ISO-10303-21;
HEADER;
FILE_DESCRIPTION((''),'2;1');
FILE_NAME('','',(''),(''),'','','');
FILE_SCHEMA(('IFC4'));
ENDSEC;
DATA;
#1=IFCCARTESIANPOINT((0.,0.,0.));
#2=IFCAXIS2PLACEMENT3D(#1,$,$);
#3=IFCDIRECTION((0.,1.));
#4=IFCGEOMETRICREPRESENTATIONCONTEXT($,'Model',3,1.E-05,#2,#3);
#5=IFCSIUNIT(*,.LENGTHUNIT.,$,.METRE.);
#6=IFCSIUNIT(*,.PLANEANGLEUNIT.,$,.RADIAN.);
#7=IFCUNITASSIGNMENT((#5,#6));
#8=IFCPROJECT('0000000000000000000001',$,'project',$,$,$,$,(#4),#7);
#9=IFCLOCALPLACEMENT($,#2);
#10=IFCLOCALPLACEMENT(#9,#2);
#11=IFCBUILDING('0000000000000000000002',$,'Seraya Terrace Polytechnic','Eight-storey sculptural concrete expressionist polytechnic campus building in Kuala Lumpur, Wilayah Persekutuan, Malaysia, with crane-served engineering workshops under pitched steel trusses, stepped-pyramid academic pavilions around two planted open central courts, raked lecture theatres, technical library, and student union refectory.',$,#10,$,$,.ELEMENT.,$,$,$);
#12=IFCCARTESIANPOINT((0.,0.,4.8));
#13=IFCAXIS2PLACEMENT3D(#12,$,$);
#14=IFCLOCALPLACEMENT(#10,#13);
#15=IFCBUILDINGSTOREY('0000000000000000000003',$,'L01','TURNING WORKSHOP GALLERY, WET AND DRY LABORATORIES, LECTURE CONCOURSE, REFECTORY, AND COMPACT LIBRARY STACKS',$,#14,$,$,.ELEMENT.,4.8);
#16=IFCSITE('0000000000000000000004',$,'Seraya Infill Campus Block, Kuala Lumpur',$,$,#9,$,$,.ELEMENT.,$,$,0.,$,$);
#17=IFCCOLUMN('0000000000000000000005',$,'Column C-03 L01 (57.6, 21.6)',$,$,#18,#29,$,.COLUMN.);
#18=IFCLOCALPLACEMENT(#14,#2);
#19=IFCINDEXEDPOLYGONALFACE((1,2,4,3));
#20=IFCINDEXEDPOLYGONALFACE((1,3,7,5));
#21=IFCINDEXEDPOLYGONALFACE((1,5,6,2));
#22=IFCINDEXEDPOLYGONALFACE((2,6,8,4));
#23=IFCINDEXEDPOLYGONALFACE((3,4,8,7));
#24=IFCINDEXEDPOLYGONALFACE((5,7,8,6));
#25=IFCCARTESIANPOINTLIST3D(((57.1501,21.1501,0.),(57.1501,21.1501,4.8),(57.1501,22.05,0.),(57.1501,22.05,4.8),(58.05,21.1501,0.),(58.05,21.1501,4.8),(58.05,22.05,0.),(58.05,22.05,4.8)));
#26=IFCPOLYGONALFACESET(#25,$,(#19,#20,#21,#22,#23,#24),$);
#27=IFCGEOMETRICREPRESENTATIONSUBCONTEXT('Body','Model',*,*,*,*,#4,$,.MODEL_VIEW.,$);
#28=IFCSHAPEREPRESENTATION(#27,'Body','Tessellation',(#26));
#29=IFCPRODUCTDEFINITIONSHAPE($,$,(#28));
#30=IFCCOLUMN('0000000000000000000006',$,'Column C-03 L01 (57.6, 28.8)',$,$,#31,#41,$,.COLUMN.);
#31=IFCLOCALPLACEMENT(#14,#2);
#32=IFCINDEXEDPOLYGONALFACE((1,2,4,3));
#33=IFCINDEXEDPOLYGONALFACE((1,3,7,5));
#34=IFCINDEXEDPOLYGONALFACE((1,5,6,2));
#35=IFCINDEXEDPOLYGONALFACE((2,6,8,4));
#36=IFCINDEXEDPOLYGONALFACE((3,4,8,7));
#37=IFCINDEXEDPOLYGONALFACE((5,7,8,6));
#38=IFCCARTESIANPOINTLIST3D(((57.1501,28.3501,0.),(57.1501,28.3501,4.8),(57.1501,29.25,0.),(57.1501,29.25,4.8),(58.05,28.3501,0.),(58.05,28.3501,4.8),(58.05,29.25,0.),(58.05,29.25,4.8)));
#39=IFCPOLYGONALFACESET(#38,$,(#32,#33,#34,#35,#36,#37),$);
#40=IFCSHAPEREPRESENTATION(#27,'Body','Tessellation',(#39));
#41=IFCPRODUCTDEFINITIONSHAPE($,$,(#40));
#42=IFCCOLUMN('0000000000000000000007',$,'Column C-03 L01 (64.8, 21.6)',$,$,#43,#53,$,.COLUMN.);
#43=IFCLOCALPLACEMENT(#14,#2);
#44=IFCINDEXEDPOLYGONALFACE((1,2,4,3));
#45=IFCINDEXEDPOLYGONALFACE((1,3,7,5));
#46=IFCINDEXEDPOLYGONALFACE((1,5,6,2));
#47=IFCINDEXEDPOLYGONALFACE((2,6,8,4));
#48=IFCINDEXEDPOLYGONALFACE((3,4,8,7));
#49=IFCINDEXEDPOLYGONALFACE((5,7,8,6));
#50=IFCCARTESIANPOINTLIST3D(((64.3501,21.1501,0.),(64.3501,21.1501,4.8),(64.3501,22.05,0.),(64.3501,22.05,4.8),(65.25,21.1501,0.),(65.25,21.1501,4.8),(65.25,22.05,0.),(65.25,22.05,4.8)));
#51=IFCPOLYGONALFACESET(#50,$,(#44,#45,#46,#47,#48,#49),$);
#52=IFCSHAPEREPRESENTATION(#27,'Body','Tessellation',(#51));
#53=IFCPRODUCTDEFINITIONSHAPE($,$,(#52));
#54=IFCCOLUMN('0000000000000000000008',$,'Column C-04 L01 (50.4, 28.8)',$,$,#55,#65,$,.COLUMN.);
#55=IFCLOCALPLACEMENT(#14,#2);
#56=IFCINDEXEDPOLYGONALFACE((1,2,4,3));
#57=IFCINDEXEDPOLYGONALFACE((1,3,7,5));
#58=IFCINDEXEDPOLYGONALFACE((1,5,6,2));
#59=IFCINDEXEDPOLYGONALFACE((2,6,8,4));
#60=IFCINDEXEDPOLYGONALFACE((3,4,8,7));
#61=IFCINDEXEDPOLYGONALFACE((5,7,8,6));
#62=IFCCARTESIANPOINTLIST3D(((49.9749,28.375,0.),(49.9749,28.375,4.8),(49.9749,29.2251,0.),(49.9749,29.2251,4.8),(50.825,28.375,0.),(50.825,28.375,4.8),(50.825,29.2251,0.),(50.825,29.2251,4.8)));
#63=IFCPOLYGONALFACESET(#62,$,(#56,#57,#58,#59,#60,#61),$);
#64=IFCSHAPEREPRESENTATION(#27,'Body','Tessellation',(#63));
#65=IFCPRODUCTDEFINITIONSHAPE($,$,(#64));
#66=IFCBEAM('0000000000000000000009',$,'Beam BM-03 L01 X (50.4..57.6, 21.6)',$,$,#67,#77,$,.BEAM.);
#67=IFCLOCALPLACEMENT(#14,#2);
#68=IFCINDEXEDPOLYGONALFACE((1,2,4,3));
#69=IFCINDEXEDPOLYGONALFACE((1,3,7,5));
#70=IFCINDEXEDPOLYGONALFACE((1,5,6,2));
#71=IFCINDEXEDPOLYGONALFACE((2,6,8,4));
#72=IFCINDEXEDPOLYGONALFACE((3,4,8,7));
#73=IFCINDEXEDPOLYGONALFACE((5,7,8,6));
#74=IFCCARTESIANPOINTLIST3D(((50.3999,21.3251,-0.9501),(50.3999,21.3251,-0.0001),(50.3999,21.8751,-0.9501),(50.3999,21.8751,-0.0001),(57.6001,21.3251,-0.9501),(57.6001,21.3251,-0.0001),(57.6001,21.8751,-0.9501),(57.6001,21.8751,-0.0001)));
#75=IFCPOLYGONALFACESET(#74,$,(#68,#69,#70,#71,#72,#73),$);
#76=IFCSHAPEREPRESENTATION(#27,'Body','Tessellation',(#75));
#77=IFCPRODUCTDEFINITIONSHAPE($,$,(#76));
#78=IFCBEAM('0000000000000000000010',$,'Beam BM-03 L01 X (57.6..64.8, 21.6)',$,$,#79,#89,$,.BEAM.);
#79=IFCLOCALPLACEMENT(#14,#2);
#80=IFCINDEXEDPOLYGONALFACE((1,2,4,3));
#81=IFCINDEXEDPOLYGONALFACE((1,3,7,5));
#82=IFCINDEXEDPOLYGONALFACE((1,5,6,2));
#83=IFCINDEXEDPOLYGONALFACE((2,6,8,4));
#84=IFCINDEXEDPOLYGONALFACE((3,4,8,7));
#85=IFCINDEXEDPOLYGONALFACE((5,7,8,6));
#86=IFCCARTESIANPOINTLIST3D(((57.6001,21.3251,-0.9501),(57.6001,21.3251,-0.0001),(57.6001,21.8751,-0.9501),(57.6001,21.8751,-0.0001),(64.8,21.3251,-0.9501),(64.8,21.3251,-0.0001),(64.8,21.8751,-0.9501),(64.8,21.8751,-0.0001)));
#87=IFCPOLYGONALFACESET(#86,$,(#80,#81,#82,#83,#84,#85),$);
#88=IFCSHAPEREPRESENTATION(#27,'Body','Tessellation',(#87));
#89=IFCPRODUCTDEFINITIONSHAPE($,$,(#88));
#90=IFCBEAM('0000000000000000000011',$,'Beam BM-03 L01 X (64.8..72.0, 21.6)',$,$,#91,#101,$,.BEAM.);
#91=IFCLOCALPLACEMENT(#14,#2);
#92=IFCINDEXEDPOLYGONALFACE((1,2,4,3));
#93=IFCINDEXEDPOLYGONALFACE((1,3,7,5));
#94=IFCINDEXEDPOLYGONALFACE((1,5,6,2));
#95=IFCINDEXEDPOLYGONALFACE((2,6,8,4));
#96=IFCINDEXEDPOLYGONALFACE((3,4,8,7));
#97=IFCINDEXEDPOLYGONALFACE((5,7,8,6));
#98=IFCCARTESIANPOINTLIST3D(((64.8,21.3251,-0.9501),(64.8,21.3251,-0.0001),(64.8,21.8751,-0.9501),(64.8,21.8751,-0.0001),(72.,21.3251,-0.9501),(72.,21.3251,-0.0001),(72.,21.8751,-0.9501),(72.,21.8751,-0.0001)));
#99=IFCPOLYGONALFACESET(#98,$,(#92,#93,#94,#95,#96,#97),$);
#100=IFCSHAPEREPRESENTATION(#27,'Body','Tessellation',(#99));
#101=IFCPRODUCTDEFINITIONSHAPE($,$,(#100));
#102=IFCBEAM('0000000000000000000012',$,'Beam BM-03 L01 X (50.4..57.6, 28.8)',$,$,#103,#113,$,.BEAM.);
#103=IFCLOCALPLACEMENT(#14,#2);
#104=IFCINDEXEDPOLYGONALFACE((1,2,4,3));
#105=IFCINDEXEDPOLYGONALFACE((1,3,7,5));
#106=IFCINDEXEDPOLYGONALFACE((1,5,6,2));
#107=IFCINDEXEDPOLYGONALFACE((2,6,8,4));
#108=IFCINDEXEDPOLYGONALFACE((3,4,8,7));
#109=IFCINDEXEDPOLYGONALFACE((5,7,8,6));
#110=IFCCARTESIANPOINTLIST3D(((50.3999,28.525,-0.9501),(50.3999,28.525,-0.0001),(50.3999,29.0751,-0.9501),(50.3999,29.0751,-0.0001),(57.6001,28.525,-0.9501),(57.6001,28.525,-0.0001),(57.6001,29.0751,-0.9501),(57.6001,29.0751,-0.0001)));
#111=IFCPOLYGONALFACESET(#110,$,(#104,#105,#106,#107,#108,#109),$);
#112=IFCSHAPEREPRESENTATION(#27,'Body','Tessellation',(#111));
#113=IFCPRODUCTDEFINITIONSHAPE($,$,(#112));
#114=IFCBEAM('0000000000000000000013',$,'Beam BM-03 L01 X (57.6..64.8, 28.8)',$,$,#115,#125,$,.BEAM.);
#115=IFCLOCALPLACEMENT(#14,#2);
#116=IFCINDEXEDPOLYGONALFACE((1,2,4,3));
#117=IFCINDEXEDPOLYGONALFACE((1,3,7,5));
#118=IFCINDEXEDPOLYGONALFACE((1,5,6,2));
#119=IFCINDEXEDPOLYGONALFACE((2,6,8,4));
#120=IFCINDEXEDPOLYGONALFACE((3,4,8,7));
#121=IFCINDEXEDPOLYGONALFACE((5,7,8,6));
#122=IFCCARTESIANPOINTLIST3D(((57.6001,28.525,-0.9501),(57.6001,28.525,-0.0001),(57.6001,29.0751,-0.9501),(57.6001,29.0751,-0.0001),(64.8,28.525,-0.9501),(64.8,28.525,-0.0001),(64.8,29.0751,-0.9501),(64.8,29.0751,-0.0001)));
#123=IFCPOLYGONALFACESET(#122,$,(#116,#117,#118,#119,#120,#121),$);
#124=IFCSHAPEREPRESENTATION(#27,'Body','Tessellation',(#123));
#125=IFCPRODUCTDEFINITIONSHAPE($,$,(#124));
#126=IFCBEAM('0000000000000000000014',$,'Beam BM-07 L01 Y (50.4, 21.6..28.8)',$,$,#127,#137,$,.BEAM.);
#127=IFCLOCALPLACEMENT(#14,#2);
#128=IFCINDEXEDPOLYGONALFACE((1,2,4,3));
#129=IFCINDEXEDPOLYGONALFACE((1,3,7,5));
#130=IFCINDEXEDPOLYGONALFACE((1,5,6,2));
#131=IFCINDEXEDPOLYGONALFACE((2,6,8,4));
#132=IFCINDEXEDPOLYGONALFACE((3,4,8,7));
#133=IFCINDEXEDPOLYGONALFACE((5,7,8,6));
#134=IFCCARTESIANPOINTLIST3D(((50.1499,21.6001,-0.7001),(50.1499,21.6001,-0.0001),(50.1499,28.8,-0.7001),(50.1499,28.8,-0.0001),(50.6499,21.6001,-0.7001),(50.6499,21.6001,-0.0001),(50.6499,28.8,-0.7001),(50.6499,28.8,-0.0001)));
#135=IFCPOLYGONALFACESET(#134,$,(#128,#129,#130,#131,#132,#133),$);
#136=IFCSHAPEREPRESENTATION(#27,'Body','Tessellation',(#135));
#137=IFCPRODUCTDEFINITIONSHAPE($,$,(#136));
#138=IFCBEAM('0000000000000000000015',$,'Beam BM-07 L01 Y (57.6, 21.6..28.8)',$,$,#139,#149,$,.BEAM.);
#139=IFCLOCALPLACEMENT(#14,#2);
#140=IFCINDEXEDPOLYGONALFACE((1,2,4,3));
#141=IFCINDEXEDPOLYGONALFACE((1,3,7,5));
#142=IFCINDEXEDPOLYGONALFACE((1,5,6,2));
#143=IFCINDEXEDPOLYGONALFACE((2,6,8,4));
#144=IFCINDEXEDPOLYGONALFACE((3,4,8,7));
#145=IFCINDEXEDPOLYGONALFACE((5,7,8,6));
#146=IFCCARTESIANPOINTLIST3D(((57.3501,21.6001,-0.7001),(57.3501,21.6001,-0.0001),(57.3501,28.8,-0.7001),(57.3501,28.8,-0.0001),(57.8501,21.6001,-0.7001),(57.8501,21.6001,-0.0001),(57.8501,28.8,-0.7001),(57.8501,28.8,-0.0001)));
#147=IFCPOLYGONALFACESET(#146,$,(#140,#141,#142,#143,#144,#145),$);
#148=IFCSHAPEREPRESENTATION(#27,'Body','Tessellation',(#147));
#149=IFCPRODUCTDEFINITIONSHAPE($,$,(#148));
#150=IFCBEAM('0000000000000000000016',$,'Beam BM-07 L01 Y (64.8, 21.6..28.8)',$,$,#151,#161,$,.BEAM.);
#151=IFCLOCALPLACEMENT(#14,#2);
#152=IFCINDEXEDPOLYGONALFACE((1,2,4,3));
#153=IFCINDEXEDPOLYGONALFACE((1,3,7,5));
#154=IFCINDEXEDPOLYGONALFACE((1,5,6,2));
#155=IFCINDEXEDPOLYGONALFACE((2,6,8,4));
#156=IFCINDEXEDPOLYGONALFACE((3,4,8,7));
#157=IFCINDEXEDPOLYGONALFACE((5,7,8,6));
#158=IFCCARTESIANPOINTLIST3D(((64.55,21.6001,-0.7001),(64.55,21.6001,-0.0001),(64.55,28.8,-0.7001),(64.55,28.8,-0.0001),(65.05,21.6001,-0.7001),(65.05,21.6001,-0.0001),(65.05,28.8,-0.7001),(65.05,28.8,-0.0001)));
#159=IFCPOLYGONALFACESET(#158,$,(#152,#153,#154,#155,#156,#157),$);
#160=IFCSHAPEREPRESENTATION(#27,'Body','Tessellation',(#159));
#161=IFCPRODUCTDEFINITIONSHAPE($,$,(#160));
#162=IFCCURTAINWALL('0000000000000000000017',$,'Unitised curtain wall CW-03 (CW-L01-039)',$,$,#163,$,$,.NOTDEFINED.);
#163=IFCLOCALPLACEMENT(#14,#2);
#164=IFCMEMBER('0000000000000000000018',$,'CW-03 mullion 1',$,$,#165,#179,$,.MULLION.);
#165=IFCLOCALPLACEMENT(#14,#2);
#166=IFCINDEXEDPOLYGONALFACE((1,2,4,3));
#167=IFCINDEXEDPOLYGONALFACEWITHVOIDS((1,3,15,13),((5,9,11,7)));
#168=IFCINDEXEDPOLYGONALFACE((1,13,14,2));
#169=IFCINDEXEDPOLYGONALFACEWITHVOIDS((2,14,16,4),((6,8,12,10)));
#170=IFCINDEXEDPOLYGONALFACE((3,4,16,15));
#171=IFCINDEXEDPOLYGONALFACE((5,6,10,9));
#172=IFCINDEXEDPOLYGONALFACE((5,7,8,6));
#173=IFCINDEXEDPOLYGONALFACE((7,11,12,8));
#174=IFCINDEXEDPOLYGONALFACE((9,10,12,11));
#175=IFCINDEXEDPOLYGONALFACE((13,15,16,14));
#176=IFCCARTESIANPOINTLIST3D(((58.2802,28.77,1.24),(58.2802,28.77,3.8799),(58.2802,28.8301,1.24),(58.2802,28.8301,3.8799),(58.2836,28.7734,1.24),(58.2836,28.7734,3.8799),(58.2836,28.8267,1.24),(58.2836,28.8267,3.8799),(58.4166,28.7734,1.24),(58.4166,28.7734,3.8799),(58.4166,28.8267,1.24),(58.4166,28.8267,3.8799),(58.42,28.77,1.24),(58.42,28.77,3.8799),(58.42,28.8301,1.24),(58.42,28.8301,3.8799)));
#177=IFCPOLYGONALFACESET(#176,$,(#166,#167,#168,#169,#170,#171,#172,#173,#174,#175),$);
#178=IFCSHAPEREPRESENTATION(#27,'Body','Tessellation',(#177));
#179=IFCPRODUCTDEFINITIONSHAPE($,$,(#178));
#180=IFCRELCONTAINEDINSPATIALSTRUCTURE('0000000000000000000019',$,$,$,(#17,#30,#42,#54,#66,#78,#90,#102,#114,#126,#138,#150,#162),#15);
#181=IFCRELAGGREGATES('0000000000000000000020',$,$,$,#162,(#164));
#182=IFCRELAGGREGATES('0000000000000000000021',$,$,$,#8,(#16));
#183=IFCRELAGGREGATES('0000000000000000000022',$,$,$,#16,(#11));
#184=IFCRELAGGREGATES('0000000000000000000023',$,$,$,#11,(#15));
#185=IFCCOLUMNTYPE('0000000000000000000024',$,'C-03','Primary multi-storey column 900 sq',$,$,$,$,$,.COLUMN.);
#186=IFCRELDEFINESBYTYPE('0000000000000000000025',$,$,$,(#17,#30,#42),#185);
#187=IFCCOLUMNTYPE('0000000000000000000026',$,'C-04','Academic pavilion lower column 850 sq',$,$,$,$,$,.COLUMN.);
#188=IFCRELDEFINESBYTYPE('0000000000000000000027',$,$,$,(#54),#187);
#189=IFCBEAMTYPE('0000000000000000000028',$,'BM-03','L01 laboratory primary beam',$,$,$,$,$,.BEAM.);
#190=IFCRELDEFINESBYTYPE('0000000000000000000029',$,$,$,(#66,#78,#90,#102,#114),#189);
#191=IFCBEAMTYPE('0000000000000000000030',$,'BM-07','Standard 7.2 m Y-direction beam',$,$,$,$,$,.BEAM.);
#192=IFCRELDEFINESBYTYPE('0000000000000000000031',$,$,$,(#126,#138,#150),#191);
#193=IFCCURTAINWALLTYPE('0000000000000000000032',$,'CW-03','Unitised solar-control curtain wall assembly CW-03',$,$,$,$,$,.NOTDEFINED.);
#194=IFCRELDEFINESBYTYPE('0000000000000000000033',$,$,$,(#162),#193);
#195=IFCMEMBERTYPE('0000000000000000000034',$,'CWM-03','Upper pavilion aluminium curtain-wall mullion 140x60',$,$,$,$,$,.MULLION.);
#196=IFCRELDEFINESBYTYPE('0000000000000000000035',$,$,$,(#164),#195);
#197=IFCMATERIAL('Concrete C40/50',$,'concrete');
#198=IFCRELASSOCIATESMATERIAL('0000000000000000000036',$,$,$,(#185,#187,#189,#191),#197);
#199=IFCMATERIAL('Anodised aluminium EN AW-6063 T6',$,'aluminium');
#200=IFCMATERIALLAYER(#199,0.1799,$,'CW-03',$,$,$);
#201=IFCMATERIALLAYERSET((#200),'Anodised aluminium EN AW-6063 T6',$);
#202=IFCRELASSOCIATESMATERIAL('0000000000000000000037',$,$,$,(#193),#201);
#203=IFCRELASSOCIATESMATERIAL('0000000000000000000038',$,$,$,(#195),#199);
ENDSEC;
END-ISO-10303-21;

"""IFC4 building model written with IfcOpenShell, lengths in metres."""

from ifc_helpers import new_model, si_unit, direction, frame, origin, origin_2d, place, context, subcontext, project, spatial, rectangle, hollow_rectangle, extrude, material, layer, layer_set, material_profile, profile_set, type_object, element, aggregate, save


model = new_model("IFC4")

# Units and contexts
model_context = context("Model", 3, precision=1e-05, world=origin(), true_north=direction((0.0, 1.0)))
body_context = subcontext(model_context, "Body", "Model", "MODEL_VIEW")
ifc_project = project(units=[si_unit("LENGTHUNIT", "METRE"), si_unit("PLANEANGLEUNIT", "RADIAN")], contexts=[model_context])

# Site, building, storey
site_placement = place(None, origin())
site = spatial("IfcSite", under=ifc_project, at=site_placement, Name="Seraya Infill Campus Block, Kuala Lumpur", CompositionType="ELEMENT", RefElevation=0.0)
building_placement = place(site_placement, origin())
building = spatial("IfcBuilding", under=site, at=building_placement, Name="Seraya Terrace Polytechnic", Description="Eight-storey sculptural concrete expressionist polytechnic campus building in Kuala Lumpur, Wilayah Persekutuan, Malaysia, with crane-served engineering workshops under pitched steel trusses, stepped-pyramid academic pavilions around two planted open central courts, raked lecture theatres, technical library, and student union refectory.", CompositionType="ELEMENT")
storey_placement = place(building_placement, frame((0.0, 0.0, 4.8)))
storey = spatial("IfcBuildingStorey", under=building, at=storey_placement, Name="L01", Description="TURNING WORKSHOP GALLERY, WET AND DRY LABORATORIES, LECTURE CONCOURSE, REFECTORY, AND COMPACT LIBRARY STACKS", CompositionType="ELEMENT", Elevation=4.8)

# Columns
ifc_material_1 = material(Name="Concrete C40/50", Category="concrete")
ifc_material_profile_1 = material_profile(ifc_material_1, rectangle(XDim=0.8999, YDim=0.8999, at=origin_2d()), Name="RC 900x900")
ifc_profile_set_1 = profile_set([ifc_material_profile_1], Name="Concrete C40/50")
column_type_1 = type_object("IfcColumnType", Name="C-03", Description="Primary multi-storey column 900 sq", PredefinedType="COLUMN", material=ifc_profile_set_1)
for number, where, z_axis, x_axis, name in (
    (1, (57.6001, 21.6001, 0.0), (0.0, 0.0, 1.0), (1.0, 0.0, 0.0), "Column C-03 L01 (57.6, 21.6)"),
    (2, (57.6001, 28.8, 0.0), (0.0, 0.0, 1.0), (1.0, 0.0, 0.0), "Column C-03 L01 (57.6, 28.8)"),
    (3, (64.8, 21.6001, 0.0), (0.0, 0.0, 1.0), (1.0, 0.0, 0.0), "Column C-03 L01 (64.8, 21.6)"),
):
    element("IfcColumn", number, at=place(storey_placement, frame(where, z_axis=z_axis, x_axis=x_axis)), inside=storey, type_object=column_type_1, Name=name, PredefinedType="COLUMN", context=body_context, shape_type="SweptSolid", body=[
        extrude(rectangle(XDim=0.8999, YDim=0.8999, at=origin_2d()), origin(), (0.0, 0.0, 1.0), 4.8),
    ])
ifc_material_profile_2 = material_profile(ifc_material_1, rectangle(XDim=0.8501, YDim=0.8501, at=origin_2d()), Name="RC 850x850")
ifc_profile_set_2 = profile_set([ifc_material_profile_2], Name="Concrete C40/50")
column_type_2 = type_object("IfcColumnType", Name="C-04", Description="Academic pavilion lower column 850 sq", PredefinedType="COLUMN", material=ifc_profile_set_2)
column_placement = place(storey_placement, frame((50.3999, 28.8, 0.0), z_axis=(0.0, 0.0, 1.0), x_axis=(1.0, 0.0, 0.0)))
element("IfcColumn", 4, at=column_placement, inside=storey, type_object=column_type_2, Name="Column C-04 L01 (50.4, 28.8)", PredefinedType="COLUMN", context=body_context, shape_type="SweptSolid", body=[
    extrude(rectangle(XDim=0.8501, YDim=0.8501, at=origin_2d()), origin(), (0.0, 0.0, 1.0), 4.8),
])

# Beams
ifc_material_profile_3 = material_profile(ifc_material_1, rectangle(XDim=0.55, YDim=0.95, at=origin_2d()), Name="RC 550x950")
ifc_profile_set_3 = profile_set([ifc_material_profile_3], Name="Concrete C40/50")
beam_type_1 = type_object("IfcBeamType", Name="BM-03", Description="L01 laboratory primary beam", PredefinedType="BEAM", material=ifc_profile_set_3)
beam_1_placement = place(storey_placement, frame((50.3999, 21.6001, -0.4751), z_axis=(1.0, 0.0, 0.0), x_axis=(0.0, 1.0, 0.0)))
element("IfcBeam", 5, at=beam_1_placement, inside=storey, type_object=beam_type_1, Name="Beam BM-03 L01 X (50.4..57.6, 21.6)", PredefinedType="BEAM", context=body_context, shape_type="SweptSolid", body=[
    extrude(rectangle(XDim=0.55, YDim=0.95, at=origin_2d()), origin(), (0.0, 0.0, 1.0), 7.2002),
])
for number, where, z_axis, x_axis, name in (
    (6, (57.6001, 21.6001, -0.4751), (1.0, 0.0, 0.0), (0.0, 1.0, 0.0), "Beam BM-03 L01 X (57.6..64.8, 21.6)"),
    (7, (64.8, 21.6001, -0.4751), (1.0, 0.0, 0.0), (0.0, 1.0, 0.0), "Beam BM-03 L01 X (64.8..72.0, 21.6)"),
):
    element("IfcBeam", number, at=place(storey_placement, frame(where, z_axis=z_axis, x_axis=x_axis)), inside=storey, type_object=beam_type_1, Name=name, PredefinedType="BEAM", context=body_context, shape_type="SweptSolid", body=[
        extrude(rectangle(XDim=0.55, YDim=0.95, at=origin_2d()), origin(), (0.0, 0.0, 1.0), 7.2),
    ])
beam_2_placement = place(storey_placement, frame((50.3999, 28.8, -0.4751), z_axis=(1.0, 0.0, 0.0), x_axis=(0.0, 1.0, 0.0)))
element("IfcBeam", 8, at=beam_2_placement, inside=storey, type_object=beam_type_1, Name="Beam BM-03 L01 X (50.4..57.6, 28.8)", PredefinedType="BEAM", context=body_context, shape_type="SweptSolid", body=[
    extrude(rectangle(XDim=0.55, YDim=0.95, at=origin_2d()), origin(), (0.0, 0.0, 1.0), 7.2002),
])
beam_3_placement = place(storey_placement, frame((57.6001, 28.8, -0.4751), z_axis=(1.0, 0.0, 0.0), x_axis=(0.0, 1.0, 0.0)))
element("IfcBeam", 9, at=beam_3_placement, inside=storey, type_object=beam_type_1, Name="Beam BM-03 L01 X (57.6..64.8, 28.8)", PredefinedType="BEAM", context=body_context, shape_type="SweptSolid", body=[
    extrude(rectangle(XDim=0.55, YDim=0.95, at=origin_2d()), origin(), (0.0, 0.0, 1.0), 7.2),
])
ifc_material_profile_4 = material_profile(ifc_material_1, rectangle(XDim=0.5, YDim=0.7, at=origin_2d()), Name="RC 500x700")
ifc_profile_set_4 = profile_set([ifc_material_profile_4], Name="Concrete C40/50")
beam_type_2 = type_object("IfcBeamType", Name="BM-07", Description="Standard 7.2 m Y-direction beam", PredefinedType="BEAM", material=ifc_profile_set_4)
for number, where, z_axis, x_axis, name in (
    (10, (50.3999, 21.6001, -0.3501), (0.0, 1.0, 0.0), (-1.0, 0.0, 0.0), "Beam BM-07 L01 Y (50.4, 21.6..28.8)"),
    (11, (57.6001, 21.6001, -0.3501), (0.0, 1.0, 0.0), (-1.0, 0.0, 0.0), "Beam BM-07 L01 Y (57.6, 21.6..28.8)"),
    (12, (64.8, 21.6001, -0.3501), (0.0, 1.0, 0.0), (-1.0, 0.0, 0.0), "Beam BM-07 L01 Y (64.8, 21.6..28.8)"),
):
    element("IfcBeam", number, at=place(storey_placement, frame(where, z_axis=z_axis, x_axis=x_axis)), inside=storey, type_object=beam_type_2, Name=name, PredefinedType="BEAM", context=body_context, shape_type="SweptSolid", body=[
        extrude(rectangle(XDim=0.5, YDim=0.7, at=origin_2d()), origin(), (0.0, 0.0, 1.0), 7.2),
    ])

# Curtain wall, member
ifc_material_2 = material(Name="Anodised aluminium EN AW-6063 T6", Category="aluminium")
ifc_layer_1 = layer(ifc_material_2, 0.1799, Name="CW-03")
ifc_layer_set_1 = layer_set([ifc_layer_1], Name="Anodised aluminium EN AW-6063 T6")
curtain_wall_type = type_object("IfcCurtainWallType", Name="CW-03", Description="Unitised solar-control curtain wall assembly CW-03", PredefinedType="NOTDEFINED", material=ifc_layer_set_1)
curtain_wall_placement = place(storey_placement, origin())
curtain_wall = element("IfcCurtainWall", 13, at=curtain_wall_placement, inside=storey, type_object=curtain_wall_type, Name="Unitised curtain wall CW-03 (CW-L01-039)", PredefinedType="NOTDEFINED")
ifc_material_profile_5 = material_profile(ifc_material_2, hollow_rectangle(XDim=0.0601, YDim=0.1399, WallThickness=0.0034, at=origin_2d()), Name="RHS 140x60x3.5")
ifc_profile_set_5 = profile_set([ifc_material_profile_5], Name="Anodised aluminium EN AW-6063 T6")
member_type = type_object("IfcMemberType", Name="CWM-03", Description="Upper pavilion aluminium curtain-wall mullion 140x60", PredefinedType="MULLION", material=ifc_profile_set_5)
member_placement = place(storey_placement, frame((58.3501, 28.8, 1.24), z_axis=(0.0, 0.0, 1.0), x_axis=(0.0, 1.0, 0.0)))
member = element("IfcMember", 14, at=member_placement, type_object=member_type, Name="CW-03 mullion 1", PredefinedType="MULLION", context=body_context, shape_type="SweptSolid", body=[
    extrude(hollow_rectangle(XDim=0.0601, YDim=0.1399, WallThickness=0.0034, at=origin_2d()), origin(), (0.0, 0.0, 1.0), 2.6399),
])
aggregate(curtain_wall, [member])

save(model, "model.ifc")
